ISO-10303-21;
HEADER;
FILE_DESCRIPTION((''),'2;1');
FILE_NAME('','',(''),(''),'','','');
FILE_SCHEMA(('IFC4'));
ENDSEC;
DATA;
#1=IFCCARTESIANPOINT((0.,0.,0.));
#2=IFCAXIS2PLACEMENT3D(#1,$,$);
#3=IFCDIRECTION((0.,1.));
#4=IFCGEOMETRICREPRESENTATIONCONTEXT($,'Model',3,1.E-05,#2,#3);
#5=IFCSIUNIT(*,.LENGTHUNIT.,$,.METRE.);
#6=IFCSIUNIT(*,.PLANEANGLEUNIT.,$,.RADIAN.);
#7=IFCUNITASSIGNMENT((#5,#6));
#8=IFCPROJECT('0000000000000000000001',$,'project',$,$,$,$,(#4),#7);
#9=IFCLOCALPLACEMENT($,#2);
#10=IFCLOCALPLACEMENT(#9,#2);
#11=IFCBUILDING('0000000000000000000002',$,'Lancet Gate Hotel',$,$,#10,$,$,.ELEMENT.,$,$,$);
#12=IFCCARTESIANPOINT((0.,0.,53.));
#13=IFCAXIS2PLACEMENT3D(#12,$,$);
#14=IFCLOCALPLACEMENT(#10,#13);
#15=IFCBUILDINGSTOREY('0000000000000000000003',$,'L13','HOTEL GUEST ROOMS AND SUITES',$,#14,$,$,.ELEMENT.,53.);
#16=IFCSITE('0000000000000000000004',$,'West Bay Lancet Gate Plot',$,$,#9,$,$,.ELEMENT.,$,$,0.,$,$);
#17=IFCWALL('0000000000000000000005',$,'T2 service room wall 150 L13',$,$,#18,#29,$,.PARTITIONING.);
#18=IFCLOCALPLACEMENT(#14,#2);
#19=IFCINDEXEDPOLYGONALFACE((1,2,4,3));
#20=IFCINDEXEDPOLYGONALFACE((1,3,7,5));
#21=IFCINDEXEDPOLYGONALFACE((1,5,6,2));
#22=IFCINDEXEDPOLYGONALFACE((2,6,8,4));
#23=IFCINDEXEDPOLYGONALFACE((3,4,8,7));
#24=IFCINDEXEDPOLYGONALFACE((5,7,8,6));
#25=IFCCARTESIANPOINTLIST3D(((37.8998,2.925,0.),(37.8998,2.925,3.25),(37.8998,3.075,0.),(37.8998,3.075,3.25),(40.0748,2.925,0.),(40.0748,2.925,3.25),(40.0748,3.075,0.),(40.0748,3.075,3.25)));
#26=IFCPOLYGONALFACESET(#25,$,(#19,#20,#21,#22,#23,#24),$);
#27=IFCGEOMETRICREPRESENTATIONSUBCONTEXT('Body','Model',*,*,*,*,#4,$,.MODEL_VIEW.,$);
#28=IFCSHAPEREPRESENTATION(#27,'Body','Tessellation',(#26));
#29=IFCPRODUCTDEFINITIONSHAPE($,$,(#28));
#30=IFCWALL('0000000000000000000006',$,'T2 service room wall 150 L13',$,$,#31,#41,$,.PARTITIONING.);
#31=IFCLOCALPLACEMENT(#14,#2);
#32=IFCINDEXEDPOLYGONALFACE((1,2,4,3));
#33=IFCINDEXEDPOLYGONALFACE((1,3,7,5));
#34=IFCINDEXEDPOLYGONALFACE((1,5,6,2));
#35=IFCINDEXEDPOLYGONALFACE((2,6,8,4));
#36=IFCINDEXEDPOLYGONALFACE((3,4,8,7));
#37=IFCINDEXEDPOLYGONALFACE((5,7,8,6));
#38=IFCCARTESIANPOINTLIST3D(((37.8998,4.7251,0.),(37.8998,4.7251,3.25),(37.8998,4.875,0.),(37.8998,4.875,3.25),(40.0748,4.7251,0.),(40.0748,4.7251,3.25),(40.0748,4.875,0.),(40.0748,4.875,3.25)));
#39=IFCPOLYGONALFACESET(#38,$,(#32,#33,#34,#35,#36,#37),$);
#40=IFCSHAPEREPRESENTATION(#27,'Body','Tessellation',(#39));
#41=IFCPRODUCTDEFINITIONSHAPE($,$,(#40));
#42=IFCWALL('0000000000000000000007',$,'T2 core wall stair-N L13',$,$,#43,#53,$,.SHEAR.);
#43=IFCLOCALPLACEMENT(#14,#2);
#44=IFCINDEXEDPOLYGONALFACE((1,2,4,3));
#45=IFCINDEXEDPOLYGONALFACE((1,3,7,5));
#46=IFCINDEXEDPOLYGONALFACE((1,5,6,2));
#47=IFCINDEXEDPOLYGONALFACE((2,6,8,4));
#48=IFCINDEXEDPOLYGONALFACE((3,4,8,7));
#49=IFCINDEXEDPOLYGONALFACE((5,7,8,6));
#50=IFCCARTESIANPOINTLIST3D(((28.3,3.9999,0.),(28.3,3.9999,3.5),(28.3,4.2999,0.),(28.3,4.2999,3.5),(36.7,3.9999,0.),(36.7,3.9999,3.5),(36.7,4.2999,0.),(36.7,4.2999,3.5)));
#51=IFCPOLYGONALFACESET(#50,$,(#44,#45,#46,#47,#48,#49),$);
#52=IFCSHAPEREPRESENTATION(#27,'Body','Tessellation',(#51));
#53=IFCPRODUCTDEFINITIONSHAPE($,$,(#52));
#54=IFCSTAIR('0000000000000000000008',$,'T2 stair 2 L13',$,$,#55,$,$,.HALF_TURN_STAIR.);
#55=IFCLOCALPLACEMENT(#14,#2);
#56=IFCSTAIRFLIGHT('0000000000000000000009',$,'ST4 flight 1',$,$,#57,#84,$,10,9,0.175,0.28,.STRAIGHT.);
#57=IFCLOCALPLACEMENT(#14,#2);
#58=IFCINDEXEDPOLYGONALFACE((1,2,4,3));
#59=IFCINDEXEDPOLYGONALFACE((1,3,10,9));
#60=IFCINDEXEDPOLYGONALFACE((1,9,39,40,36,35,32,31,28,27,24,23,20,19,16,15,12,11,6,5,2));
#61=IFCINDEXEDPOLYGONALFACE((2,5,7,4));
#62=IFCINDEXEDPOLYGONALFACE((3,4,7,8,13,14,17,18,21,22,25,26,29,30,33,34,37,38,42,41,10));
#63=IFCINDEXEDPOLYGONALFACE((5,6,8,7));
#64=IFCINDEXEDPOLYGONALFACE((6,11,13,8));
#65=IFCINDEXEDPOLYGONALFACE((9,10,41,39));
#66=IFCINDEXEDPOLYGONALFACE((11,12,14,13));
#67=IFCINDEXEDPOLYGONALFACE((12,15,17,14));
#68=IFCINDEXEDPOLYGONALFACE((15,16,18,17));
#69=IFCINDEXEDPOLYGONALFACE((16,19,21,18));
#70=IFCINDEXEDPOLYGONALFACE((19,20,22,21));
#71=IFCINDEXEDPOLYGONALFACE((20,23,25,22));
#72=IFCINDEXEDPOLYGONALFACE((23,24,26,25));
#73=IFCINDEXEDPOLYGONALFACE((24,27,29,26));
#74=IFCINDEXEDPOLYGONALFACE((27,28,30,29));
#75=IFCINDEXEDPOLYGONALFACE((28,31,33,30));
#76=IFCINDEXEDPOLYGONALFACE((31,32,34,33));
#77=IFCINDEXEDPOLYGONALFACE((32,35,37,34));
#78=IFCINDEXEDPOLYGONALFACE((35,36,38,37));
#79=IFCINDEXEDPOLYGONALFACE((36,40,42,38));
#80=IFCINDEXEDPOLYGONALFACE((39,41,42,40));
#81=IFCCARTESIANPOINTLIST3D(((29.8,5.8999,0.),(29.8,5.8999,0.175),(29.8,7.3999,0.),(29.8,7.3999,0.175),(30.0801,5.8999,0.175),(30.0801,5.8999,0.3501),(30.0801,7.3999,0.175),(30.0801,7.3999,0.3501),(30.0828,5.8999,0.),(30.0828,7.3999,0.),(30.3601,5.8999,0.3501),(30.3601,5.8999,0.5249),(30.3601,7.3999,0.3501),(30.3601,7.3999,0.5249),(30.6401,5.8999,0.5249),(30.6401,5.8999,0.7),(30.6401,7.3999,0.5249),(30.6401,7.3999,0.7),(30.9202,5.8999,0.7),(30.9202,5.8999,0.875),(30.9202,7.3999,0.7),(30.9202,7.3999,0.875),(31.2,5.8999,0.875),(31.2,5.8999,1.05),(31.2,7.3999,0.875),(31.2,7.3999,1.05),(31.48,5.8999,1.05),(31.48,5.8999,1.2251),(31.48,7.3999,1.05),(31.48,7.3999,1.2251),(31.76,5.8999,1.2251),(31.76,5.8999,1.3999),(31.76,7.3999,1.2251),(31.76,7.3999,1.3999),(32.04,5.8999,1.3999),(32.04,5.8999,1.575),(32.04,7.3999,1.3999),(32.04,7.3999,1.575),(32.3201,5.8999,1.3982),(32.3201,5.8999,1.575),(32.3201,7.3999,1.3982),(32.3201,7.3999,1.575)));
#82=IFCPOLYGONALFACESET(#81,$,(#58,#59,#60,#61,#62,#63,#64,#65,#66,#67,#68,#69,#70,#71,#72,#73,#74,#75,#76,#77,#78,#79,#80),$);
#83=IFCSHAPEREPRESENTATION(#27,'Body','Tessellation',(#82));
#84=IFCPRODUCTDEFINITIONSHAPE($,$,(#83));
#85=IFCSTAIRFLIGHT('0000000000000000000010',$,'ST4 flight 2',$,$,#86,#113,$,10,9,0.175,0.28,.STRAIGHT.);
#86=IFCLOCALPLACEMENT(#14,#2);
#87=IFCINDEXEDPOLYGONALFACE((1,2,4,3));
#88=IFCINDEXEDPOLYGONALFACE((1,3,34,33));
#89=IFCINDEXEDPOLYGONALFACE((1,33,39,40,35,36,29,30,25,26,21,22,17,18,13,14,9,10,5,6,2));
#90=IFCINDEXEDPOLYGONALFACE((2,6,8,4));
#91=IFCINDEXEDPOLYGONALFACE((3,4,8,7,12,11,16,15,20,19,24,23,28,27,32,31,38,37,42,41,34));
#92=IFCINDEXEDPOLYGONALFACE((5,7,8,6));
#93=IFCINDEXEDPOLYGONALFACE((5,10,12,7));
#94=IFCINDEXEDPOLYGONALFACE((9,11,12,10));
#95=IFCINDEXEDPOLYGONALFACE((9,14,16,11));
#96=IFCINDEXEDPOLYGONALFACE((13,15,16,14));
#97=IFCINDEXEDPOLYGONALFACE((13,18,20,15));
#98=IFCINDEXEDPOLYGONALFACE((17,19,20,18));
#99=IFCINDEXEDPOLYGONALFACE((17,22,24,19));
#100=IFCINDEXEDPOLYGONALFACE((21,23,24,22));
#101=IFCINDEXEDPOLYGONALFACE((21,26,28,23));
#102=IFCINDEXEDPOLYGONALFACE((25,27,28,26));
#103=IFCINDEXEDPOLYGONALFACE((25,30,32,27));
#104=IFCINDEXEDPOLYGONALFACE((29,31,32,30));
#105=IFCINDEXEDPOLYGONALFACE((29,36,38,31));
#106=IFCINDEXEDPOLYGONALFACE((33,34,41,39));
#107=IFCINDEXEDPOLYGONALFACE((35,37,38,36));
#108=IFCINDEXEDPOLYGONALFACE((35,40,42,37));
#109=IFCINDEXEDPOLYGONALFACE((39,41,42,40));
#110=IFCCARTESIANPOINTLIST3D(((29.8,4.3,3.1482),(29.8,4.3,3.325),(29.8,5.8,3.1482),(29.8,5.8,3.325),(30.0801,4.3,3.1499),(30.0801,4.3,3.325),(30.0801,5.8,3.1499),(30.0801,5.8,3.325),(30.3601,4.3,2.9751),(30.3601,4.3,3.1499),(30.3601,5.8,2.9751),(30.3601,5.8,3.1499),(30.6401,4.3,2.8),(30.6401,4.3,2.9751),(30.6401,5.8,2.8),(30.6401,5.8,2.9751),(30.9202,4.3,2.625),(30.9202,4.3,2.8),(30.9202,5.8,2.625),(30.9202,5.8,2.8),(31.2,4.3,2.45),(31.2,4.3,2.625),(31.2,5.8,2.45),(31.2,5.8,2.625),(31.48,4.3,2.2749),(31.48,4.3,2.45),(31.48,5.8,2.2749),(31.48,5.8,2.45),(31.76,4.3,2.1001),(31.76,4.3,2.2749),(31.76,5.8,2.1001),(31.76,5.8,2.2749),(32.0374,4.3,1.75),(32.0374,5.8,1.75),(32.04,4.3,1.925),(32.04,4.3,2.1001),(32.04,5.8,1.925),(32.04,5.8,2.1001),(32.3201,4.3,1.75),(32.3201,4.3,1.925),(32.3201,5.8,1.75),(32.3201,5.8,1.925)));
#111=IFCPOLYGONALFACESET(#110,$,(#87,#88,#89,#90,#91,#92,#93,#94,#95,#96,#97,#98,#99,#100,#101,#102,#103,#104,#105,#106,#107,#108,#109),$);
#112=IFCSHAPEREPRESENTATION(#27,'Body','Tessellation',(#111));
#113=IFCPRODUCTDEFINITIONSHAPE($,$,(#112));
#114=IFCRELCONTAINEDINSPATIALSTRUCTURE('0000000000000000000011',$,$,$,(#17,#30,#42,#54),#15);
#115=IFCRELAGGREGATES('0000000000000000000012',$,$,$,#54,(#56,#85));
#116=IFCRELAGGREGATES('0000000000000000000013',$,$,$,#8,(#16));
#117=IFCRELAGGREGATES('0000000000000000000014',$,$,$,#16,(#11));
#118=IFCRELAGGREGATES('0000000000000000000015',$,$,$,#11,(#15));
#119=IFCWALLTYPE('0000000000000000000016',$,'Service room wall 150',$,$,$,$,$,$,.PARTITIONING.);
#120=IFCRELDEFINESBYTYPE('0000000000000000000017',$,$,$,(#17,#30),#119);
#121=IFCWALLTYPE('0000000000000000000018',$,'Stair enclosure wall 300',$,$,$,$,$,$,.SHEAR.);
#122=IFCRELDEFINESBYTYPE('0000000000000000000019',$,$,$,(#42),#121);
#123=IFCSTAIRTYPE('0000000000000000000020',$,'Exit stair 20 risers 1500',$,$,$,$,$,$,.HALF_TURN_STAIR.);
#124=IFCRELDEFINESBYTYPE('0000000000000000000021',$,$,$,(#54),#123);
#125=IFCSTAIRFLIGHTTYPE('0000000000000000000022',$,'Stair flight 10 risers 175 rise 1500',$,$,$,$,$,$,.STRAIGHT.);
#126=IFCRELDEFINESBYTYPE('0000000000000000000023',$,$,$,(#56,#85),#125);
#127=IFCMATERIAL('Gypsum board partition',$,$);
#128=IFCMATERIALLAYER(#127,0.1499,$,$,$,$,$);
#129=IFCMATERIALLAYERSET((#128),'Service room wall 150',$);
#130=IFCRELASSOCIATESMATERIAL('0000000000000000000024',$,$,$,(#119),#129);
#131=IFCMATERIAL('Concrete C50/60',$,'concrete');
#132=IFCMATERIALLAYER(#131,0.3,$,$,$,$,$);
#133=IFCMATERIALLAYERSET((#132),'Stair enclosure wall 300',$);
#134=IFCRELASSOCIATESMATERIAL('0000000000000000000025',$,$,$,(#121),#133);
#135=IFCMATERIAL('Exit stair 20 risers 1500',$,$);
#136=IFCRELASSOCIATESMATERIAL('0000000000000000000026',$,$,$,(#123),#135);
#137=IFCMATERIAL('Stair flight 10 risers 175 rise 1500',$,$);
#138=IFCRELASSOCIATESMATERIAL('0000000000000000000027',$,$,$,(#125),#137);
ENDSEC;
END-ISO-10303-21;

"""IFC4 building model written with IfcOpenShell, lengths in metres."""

from ifc_helpers import new_model, si_unit, direction, frame, frame_2d, origin, place, context, subcontext, project, spatial, polyline, rectangle, outline, extrude, material, layer, layer_set, type_object, element, aggregate, save


model = new_model("IFC4")

# Units and contexts
model_context = context("Model", 3, precision=1e-05, world=origin(), true_north=direction((0.0, 1.0)))
body_context = subcontext(model_context, "Body", "Model", "MODEL_VIEW")
ifc_project = project(units=[si_unit("LENGTHUNIT", "METRE"), si_unit("PLANEANGLEUNIT", "RADIAN")], contexts=[model_context])

# Site, building, storey
site_placement = place(None, origin())
site = spatial("IfcSite", under=ifc_project, at=site_placement, Name="West Bay Lancet Gate Plot", CompositionType="ELEMENT", RefElevation=0.0)
building_placement = place(site_placement, origin())
building = spatial("IfcBuilding", under=site, at=building_placement, Name="Lancet Gate Hotel", CompositionType="ELEMENT")
storey_placement = place(building_placement, frame((0.0, 0.0, 53.0)))
storey = spatial("IfcBuildingStorey", under=building, at=storey_placement, Name="L13", Description="HOTEL GUEST ROOMS AND SUITES", CompositionType="ELEMENT", Elevation=53.0)

# Walls
ifc_material_1 = material(Name="Gypsum board partition")
ifc_layer_1 = layer(ifc_material_1, 0.1499)
ifc_layer_set_1 = layer_set([ifc_layer_1], Name="Service room wall 150")
wall_type_1 = type_object("IfcWallType", Name="Service room wall 150", PredefinedType="PARTITIONING", material=ifc_layer_set_1)
for number, where, z_axis, x_axis, name in (
    (1, (37.8999, 3.0, 0.0), (0.0, 0.0, 1.0), (1.0, 0.0, 0.0), "T2 service room wall 150 L13"),
    (2, (37.8999, 4.8, 0.0), (0.0, 0.0, 1.0), (1.0, 0.0, 0.0), "T2 service room wall 150 L13"),
):
    element("IfcWall", number, at=place(storey_placement, frame(where, z_axis=z_axis, x_axis=x_axis)), inside=storey, type_object=wall_type_1, Name=name, PredefinedType="PARTITIONING", context=body_context, shape_type="SweptSolid", body=[
        extrude(rectangle(XDim=2.175, YDim=0.1499, at=frame_2d((1.0874, 0.0))), origin(), (0.0, 0.0, 1.0), 3.25),
    ])
ifc_material_2 = material(Name="Concrete C50/60", Category="concrete")
ifc_layer_2 = layer(ifc_material_2, 0.3)
ifc_layer_set_2 = layer_set([ifc_layer_2], Name="Stair enclosure wall 300")
wall_type_2 = type_object("IfcWallType", Name="Stair enclosure wall 300", PredefinedType="SHEAR", material=ifc_layer_set_2)
wall_1_placement = place(storey_placement, frame((28.3, 4.1499, 0.0), z_axis=(0.0, 0.0, 1.0), x_axis=(1.0, 0.0, 0.0)))
element("IfcWall", 3, at=wall_1_placement, inside=storey, type_object=wall_type_2, Name="T2 core wall stair-N L13", PredefinedType="SHEAR", context=body_context, shape_type="SweptSolid", body=[
    extrude(rectangle(XDim=8.3999, YDim=0.3, at=frame_2d((4.2, 0.0))), origin(), (0.0, 0.0, 1.0), 3.5),
])

# Stair, stair flights
ifc_material_3 = material(Name="Exit stair 20 risers 1500")
stair_type = type_object("IfcStairType", Name="Exit stair 20 risers 1500", PredefinedType="HALF_TURN_STAIR", material=ifc_material_3)
stair_placement = place(storey_placement, origin())
stair = element("IfcStair", 4, at=stair_placement, inside=storey, type_object=stair_type, Name="T2 stair 2 L13", PredefinedType="HALF_TURN_STAIR")
ifc_material_4 = material(Name="Stair flight 10 risers 175 rise 1500")
stair_flight_type = type_object("IfcStairFlightType", Name="Stair flight 10 risers 175 rise 1500", PredefinedType="STRAIGHT", material=ifc_material_4)
stair_flight_1_placement = place(storey_placement, frame((29.8, 6.6499, 0.0), z_axis=(0.0, 0.0, 1.0), x_axis=(1.0, 0.0, 0.0)))
stair_flight_1 = element("IfcStairFlight", 5, at=stair_flight_1_placement, type_object=stair_flight_type, Name="ST4 flight 1", NumberOfRisers=10, NumberOfTreads=9, PredefinedType="STRAIGHT", RiserHeight=0.175, TreadLength=0.28, context=body_context, shape_type="SweptSolid", body=[
    extrude(outline(polyline([(0.0, 0.0), (0.0, 0.175), (0.28, 0.175), (0.28, 0.3501), (0.5601, 0.3501), (0.5601, 0.5249), (0.8401, 0.5249), (0.8401, 0.7), (1.1201, 0.7), (1.1201, 0.875), (1.3999, 0.875), (1.3999, 1.05), (1.6799, 1.05), (1.6799, 1.2251), (1.96, 1.2251), (1.96, 1.3999), (2.24, 1.3999), (2.24, 1.575), (2.52, 1.575), (2.52, 1.75), (2.52, 1.3982), (0.2827, 0.0), (0.0, 0.0)])), frame((0.0, 0.75, 0.0), z_axis=(0.0, -1.0, 0.0), x_axis=(1.0, 0.0, 0.0)), (0.0, 0.0, 1.0), 1.5),
])
stair_flight_2_placement = place(storey_placement, frame((32.3201, 5.05, 1.75), z_axis=(0.0, 0.0, 1.0), x_axis=(-1.0, 0.0, 0.0)))
stair_flight_2 = element("IfcStairFlight", 6, at=stair_flight_2_placement, type_object=stair_flight_type, Name="ST4 flight 2", NumberOfRisers=10, NumberOfTreads=9, PredefinedType="STRAIGHT", RiserHeight=0.175, TreadLength=0.28, context=body_context, shape_type="SweptSolid", body=[
    extrude(outline(polyline([(0.0, 0.0), (0.0, 0.175), (0.28, 0.175), (0.28, 0.3501), (0.5601, 0.3501), (0.5601, 0.5249), (0.8401, 0.5249), (0.8401, 0.7), (1.1201, 0.7), (1.1201, 0.875), (1.3999, 0.875), (1.3999, 1.05), (1.6799, 1.05), (1.6799, 1.2251), (1.96, 1.2251), (1.96, 1.3999), (2.24, 1.3999), (2.24, 1.575), (2.52, 1.575), (2.52, 1.75), (2.52, 1.3982), (0.2827, 0.0), (0.0, 0.0)])), frame((0.0, 0.75, 0.0), z_axis=(0.0, -1.0, 0.0), x_axis=(1.0, 0.0, 0.0)), (0.0, 0.0, 1.0), 1.5),
])
aggregate(stair, [stair_flight_1, stair_flight_2])

save(model, "model.ifc")
